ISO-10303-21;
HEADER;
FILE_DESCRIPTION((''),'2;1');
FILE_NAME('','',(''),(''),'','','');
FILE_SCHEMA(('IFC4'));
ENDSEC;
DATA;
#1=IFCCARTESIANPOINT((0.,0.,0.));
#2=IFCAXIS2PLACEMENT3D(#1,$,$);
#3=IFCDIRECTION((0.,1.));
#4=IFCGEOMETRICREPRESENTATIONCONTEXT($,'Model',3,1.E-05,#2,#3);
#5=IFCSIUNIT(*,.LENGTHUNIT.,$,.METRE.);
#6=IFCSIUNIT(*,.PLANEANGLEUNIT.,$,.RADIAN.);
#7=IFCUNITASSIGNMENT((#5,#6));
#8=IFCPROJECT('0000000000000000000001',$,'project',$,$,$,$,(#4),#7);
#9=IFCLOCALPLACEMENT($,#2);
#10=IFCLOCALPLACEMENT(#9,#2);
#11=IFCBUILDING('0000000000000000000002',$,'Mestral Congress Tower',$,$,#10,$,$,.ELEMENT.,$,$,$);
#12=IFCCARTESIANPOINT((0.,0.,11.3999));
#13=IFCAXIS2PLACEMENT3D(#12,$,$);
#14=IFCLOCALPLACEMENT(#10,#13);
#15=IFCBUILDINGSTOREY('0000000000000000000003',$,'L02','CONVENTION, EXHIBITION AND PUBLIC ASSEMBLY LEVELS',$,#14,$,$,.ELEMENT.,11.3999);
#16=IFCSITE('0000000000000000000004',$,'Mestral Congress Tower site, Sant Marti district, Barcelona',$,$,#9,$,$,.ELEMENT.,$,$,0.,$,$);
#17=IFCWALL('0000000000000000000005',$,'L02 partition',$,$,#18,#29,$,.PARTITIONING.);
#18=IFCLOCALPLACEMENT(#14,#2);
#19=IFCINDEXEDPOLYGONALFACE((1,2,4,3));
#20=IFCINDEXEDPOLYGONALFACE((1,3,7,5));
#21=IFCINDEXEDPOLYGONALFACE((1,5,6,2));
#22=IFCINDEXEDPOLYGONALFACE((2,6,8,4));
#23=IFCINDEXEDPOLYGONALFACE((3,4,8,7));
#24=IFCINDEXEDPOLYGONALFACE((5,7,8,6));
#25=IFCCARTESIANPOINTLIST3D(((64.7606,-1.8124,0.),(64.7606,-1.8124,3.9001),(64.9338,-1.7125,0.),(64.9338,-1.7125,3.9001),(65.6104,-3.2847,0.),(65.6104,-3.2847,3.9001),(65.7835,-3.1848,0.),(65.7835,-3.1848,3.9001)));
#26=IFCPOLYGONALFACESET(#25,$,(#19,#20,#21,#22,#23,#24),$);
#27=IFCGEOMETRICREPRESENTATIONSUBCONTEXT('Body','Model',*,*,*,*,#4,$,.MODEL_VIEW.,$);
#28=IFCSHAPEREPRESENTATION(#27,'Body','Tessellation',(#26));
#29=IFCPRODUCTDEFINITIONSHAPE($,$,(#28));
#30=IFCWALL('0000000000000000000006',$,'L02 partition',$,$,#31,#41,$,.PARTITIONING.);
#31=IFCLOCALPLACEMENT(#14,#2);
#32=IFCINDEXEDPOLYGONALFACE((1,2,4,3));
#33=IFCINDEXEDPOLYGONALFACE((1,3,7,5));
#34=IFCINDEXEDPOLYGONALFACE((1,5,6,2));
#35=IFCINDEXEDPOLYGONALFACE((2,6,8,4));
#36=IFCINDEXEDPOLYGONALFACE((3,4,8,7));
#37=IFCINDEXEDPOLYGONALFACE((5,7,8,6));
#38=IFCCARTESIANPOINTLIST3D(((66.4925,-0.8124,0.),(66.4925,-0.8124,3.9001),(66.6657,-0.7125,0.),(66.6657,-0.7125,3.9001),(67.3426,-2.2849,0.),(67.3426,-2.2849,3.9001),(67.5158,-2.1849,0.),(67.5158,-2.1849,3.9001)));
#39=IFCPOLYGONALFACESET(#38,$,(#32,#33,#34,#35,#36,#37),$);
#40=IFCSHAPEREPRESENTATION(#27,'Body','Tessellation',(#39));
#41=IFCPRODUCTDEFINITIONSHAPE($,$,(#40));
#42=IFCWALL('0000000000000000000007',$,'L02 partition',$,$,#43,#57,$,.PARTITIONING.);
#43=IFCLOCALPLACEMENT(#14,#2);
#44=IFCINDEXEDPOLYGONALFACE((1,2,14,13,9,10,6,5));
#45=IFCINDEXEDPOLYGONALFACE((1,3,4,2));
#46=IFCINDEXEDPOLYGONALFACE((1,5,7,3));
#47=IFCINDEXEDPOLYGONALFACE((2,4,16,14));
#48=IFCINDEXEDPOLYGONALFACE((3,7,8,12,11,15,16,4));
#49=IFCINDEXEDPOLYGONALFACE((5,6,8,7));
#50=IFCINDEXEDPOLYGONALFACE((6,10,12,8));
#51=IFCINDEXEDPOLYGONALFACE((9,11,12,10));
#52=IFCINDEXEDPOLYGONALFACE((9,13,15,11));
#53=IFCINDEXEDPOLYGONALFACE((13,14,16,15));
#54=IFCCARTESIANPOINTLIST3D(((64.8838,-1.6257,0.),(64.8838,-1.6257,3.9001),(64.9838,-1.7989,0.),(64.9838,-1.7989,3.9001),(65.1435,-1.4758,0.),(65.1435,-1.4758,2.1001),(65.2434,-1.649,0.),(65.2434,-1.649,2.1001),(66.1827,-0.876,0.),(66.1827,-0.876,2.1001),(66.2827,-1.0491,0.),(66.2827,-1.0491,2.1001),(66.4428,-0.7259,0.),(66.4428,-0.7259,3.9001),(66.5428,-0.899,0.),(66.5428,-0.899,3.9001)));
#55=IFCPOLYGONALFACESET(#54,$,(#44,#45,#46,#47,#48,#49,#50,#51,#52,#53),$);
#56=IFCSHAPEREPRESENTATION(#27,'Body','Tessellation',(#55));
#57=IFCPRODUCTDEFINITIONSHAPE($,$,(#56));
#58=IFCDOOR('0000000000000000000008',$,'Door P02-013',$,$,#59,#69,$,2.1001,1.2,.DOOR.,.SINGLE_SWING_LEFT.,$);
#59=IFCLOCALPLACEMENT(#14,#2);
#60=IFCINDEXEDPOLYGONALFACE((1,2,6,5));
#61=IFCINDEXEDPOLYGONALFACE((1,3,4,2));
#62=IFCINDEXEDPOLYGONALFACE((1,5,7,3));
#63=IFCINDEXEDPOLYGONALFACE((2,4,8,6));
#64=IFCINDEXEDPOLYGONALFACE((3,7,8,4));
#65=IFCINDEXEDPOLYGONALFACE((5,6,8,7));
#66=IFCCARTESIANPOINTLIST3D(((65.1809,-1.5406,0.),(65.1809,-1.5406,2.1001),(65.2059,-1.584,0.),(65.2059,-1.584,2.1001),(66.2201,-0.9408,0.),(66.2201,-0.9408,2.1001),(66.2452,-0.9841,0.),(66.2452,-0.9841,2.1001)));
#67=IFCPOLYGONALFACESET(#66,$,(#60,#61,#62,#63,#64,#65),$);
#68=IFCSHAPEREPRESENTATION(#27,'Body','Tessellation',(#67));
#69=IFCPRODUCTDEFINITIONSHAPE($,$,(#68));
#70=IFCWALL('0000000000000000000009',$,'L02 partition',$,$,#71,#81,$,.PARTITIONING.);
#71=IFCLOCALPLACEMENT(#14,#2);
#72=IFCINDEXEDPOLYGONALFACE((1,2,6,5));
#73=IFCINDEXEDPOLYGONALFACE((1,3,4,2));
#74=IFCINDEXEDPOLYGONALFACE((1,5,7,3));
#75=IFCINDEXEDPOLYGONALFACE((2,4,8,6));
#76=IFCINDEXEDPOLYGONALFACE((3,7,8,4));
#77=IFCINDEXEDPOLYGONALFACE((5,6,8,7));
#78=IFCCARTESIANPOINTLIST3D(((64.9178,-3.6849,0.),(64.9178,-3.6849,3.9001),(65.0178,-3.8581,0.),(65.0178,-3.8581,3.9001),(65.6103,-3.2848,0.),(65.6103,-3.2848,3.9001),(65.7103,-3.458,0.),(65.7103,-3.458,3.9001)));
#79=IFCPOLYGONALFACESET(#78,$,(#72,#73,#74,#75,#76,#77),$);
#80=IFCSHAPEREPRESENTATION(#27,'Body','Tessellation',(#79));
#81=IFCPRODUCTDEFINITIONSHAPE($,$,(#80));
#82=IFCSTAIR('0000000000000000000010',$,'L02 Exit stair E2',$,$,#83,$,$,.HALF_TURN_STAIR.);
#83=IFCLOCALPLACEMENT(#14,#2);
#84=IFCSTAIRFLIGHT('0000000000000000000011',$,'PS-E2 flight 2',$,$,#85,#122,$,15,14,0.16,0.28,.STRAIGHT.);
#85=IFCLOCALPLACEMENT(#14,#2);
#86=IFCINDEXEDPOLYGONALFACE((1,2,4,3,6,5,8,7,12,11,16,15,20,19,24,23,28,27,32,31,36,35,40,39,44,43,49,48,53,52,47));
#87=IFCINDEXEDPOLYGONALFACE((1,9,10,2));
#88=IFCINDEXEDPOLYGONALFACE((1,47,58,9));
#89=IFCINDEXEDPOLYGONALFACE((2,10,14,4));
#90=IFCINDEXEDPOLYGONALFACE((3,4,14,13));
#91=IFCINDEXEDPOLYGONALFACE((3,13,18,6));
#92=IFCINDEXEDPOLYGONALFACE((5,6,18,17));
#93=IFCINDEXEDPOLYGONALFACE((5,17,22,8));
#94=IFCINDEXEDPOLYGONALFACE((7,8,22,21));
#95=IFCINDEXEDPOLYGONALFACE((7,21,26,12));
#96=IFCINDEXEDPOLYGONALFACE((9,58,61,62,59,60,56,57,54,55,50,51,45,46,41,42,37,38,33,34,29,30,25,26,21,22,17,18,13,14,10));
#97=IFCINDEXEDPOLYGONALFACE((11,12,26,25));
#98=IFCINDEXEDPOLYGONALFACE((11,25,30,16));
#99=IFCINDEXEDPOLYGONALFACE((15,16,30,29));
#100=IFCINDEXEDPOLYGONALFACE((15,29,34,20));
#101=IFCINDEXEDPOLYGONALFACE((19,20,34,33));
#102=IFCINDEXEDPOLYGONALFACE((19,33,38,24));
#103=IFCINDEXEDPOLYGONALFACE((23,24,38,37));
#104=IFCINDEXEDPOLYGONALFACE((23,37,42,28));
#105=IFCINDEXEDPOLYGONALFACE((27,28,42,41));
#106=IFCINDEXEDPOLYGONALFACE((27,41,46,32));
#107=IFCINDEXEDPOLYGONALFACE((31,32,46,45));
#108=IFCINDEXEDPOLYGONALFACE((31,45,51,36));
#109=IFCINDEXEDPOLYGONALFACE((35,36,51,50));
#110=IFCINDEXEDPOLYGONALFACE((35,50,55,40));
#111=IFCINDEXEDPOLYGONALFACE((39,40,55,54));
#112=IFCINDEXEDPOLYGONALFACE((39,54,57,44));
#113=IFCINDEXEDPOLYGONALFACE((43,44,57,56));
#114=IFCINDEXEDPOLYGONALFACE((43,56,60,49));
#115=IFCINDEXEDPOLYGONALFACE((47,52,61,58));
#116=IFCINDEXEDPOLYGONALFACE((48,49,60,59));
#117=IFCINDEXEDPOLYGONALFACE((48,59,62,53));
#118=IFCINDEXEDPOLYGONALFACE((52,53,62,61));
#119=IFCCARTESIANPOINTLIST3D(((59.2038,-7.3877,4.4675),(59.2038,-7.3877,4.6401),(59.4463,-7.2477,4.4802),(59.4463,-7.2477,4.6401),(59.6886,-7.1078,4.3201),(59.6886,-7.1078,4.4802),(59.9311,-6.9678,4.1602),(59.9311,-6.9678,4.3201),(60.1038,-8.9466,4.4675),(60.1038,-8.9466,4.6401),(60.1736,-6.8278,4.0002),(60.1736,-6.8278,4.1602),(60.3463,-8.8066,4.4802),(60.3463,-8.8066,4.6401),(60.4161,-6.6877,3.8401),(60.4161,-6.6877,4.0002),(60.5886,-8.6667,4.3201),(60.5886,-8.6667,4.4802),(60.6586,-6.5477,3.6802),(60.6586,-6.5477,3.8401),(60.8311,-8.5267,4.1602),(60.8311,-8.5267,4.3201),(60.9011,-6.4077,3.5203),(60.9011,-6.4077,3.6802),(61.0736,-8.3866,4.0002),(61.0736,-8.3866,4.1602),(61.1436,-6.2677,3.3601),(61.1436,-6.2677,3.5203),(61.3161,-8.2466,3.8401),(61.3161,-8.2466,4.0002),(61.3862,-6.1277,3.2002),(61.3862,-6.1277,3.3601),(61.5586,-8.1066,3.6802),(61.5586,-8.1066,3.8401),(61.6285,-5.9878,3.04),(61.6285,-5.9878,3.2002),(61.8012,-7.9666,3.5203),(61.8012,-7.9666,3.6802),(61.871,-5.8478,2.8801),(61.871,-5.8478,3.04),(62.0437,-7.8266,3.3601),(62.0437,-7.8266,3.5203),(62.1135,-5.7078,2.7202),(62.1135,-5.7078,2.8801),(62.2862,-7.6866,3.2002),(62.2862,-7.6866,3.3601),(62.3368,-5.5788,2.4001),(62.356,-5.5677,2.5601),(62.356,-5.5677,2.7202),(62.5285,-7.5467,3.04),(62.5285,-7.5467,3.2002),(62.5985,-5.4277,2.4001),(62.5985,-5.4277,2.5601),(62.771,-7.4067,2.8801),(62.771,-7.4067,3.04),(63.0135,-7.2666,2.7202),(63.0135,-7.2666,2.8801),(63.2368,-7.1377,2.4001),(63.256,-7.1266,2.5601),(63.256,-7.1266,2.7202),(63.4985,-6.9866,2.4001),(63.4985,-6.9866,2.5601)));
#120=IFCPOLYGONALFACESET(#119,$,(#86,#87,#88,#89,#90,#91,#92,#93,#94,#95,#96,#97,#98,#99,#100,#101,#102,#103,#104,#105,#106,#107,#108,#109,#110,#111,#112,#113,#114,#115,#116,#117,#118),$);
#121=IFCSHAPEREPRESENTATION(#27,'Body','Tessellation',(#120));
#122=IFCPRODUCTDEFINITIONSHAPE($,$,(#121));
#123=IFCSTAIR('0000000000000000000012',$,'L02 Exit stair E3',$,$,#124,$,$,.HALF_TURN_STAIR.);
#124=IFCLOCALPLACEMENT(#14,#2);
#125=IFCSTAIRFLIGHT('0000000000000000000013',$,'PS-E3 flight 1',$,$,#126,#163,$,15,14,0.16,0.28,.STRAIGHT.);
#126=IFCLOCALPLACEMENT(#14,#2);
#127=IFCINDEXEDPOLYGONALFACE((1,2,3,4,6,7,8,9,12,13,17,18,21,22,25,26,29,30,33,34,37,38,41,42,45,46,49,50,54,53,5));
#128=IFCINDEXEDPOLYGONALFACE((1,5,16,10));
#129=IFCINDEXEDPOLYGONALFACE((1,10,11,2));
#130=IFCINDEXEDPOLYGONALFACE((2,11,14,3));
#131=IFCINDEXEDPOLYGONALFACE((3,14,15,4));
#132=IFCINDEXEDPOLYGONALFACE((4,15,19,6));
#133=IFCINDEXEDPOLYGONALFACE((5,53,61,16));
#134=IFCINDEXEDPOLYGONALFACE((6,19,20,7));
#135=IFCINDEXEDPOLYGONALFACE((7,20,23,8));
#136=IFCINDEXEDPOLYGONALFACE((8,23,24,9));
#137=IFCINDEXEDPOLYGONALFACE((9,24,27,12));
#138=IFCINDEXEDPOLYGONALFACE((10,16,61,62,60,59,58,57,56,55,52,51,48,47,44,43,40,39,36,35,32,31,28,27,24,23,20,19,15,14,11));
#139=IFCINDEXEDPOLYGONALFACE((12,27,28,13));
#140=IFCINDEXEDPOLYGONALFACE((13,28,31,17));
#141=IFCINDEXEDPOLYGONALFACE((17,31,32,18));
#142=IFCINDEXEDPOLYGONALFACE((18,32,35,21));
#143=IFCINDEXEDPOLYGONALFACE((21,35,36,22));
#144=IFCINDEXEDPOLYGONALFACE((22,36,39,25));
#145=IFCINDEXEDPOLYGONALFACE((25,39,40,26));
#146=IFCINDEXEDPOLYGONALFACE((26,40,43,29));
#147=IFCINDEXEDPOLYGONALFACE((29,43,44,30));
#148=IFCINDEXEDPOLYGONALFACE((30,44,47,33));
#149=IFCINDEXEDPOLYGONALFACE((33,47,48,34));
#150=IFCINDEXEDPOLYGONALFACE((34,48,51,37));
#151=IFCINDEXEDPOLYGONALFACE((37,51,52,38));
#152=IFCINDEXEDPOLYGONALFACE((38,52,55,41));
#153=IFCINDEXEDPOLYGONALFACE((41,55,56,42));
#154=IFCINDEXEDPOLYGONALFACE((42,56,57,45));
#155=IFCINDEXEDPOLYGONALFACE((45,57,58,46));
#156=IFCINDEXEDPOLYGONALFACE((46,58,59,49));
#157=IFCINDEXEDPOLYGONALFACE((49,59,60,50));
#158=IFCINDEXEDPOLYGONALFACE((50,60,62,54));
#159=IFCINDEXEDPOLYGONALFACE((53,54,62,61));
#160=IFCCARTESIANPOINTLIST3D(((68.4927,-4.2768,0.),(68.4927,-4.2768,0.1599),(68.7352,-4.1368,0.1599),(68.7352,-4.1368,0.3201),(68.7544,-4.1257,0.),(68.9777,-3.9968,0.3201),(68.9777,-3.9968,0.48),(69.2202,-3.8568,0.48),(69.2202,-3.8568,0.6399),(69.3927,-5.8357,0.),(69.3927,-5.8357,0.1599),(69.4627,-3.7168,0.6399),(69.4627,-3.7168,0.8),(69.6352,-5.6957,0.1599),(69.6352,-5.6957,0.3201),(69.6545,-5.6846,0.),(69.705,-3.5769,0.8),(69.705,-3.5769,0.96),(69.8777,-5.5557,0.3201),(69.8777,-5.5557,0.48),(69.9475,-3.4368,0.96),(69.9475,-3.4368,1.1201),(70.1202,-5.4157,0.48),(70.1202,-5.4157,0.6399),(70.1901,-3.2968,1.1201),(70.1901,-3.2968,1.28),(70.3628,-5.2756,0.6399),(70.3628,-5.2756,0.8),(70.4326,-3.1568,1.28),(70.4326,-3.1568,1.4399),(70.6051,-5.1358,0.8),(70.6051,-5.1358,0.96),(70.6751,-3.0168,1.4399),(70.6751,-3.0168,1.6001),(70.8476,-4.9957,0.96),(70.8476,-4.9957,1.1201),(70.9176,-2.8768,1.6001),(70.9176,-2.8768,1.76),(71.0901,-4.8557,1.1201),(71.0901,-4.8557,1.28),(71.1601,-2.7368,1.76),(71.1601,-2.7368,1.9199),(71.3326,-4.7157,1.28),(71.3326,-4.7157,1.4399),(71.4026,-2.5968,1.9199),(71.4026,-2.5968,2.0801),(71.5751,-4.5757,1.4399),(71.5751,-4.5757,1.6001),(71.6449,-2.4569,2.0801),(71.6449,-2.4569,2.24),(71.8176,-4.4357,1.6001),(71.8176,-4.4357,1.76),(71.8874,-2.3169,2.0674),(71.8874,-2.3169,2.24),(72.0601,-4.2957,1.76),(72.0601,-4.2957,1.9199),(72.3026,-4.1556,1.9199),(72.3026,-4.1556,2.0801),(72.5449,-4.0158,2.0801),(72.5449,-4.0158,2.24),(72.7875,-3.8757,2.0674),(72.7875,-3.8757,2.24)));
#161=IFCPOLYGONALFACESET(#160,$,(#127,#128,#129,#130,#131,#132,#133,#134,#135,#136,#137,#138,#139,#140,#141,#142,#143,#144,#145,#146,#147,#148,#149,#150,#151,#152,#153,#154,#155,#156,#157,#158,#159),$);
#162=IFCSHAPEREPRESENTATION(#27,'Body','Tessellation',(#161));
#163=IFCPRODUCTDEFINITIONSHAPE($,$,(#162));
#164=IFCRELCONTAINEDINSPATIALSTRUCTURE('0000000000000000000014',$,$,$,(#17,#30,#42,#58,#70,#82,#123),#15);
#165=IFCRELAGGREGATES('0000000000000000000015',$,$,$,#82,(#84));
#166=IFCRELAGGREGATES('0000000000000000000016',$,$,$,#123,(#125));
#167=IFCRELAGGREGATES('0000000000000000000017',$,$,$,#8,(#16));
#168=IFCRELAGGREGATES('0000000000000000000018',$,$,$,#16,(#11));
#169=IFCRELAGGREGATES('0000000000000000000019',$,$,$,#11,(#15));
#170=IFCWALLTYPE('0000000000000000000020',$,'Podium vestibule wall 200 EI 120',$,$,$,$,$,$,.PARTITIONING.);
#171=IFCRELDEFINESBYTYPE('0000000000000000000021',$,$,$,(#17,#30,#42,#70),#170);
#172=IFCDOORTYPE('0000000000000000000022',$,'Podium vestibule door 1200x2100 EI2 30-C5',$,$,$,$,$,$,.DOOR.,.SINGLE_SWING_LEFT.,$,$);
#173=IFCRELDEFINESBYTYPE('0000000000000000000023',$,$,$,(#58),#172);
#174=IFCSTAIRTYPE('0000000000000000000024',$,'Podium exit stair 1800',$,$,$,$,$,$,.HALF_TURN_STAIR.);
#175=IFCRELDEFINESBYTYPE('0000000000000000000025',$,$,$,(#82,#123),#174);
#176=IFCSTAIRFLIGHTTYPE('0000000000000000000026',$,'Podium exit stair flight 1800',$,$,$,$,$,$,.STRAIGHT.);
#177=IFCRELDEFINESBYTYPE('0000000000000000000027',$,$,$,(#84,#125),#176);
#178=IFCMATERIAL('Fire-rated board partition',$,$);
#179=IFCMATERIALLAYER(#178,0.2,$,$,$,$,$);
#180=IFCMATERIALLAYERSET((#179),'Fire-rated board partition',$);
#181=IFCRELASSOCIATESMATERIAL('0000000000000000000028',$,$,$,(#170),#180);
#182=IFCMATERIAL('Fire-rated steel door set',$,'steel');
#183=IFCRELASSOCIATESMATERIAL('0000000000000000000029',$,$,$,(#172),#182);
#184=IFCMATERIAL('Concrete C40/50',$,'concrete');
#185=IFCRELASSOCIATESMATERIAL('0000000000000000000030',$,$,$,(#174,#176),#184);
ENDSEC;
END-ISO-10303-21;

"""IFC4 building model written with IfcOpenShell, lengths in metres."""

from ifc_helpers import new_model, si_unit, direction, frame, frame_2d, origin, place, context, subcontext, project, spatial, polyline, rectangle, outline, extrude, material, layer, layer_set, type_object, element, fill, aggregate, save


model = new_model("IFC4")

# Units and contexts
model_context = context("Model", 3, precision=1e-05, world=origin(), true_north=direction((0.0, 1.0)))
body_context = subcontext(model_context, "Body", "Model", "MODEL_VIEW")
ifc_project = project(units=[si_unit("LENGTHUNIT", "METRE"), si_unit("PLANEANGLEUNIT", "RADIAN")], contexts=[model_context])

# Site, building, storey
site_placement = place(None, origin())
site = spatial("IfcSite", under=ifc_project, at=site_placement, Name="Mestral Congress Tower site, Sant Marti district, Barcelona", CompositionType="ELEMENT", RefElevation=0.0)
building_placement = place(site_placement, origin())
building = spatial("IfcBuilding", under=site, at=building_placement, Name="Mestral Congress Tower", CompositionType="ELEMENT")
storey_placement = place(building_placement, frame((0.0, 0.0, 11.3999)))
storey = spatial("IfcBuildingStorey", under=building, at=storey_placement, Name="L02", Description="CONVENTION, EXHIBITION AND PUBLIC ASSEMBLY LEVELS", CompositionType="ELEMENT", Elevation=11.3999)

# Shared definitions
ifc_material_1 = material(Name="Fire-rated steel door set", Category="steel")

# Walls
ifc_material_2 = material(Name="Fire-rated board partition")
ifc_layer_1 = layer(ifc_material_2, 0.2)
ifc_layer_set_1 = layer_set([ifc_layer_1], Name="Fire-rated board partition")
wall_type_1 = type_object("IfcWallType", Name="Podium vestibule wall 200 EI 120", PredefinedType="PARTITIONING", material=ifc_layer_set_1)
wall_1_placement = place(storey_placement, frame((65.697, -3.2349, 0.0), z_axis=(0.0, 0.0, 1.0), x_axis=(-0.499892, 0.866088, 0.0)))
element("IfcWall", 1, at=wall_1_placement, inside=storey, type_object=wall_type_1, Name="L02 partition", PredefinedType="PARTITIONING", context=body_context, shape_type="SweptSolid", body=[
    extrude(rectangle(XDim=1.7, YDim=0.2, at=frame_2d((0.8501, 0.0))), origin(), (0.0, 0.0, 1.0), 3.9001),
])
wall_2_placement = place(storey_placement, frame((67.4292, -2.2349, 0.0), z_axis=(0.0, 0.0, 1.0), x_axis=(-0.5, 0.866025, 0.0)))
element("IfcWall", 2, at=wall_2_placement, inside=storey, type_object=wall_type_1, Name="L02 partition", PredefinedType="PARTITIONING", context=body_context, shape_type="SweptSolid", body=[
    extrude(rectangle(XDim=1.7002, YDim=0.2, at=frame_2d((0.8501, 0.0))), origin(), (0.0, 0.0, 1.0), 3.9001),
])

# Wall, opening, door
wall_3_placement = place(storey_placement, frame((66.4927, -0.8125, 0.0), z_axis=(0.0, 0.0, 1.0), x_axis=(-0.866082, -0.499902, 0.0)))
wall_3 = element("IfcWall", 3, at=wall_3_placement, inside=storey, type_object=wall_type_1, Name="L02 partition", PredefinedType="PARTITIONING", context=body_context, shape_type="SweptSolid", body=[
    extrude(rectangle(XDim=1.8, YDim=0.2, at=frame_2d((0.8999, 0.0))), origin(), (0.0, 0.0, 1.0), 3.9001),
])
opening_1_placement = place(wall_3_placement, frame((0.3, 0.0, 0.0)))
opening_1 = element("IfcOpeningElement", 4, at=opening_1_placement, cuts=wall_3, PredefinedType="OPENING", context=body_context, shape_type="SweptSolid", body=[
    extrude(rectangle(XDim=1.2, YDim=2.1001, at=frame_2d((0.6001, 1.05))), frame((0.0, 0.1099, 0.0), z_axis=(0.0, -1.0, 0.0), x_axis=(1.0, 0.0, 0.0)), (0.0, 0.0, 1.0), 0.22),
])
door_type_1 = type_object("IfcDoorType", Name="Podium vestibule door 1200x2100 EI2 30-C5", OperationType="SINGLE_SWING_LEFT", PredefinedType="DOOR", material=ifc_material_1)
door_1_placement = place(opening_1_placement, origin())
door_1 = element("IfcDoor", 5, at=door_1_placement, inside=storey, type_object=door_type_1, Name="Door P02-013", OperationType="SINGLE_SWING_LEFT", OverallHeight=2.1001, OverallWidth=1.2, PredefinedType="DOOR", context=body_context, shape_type="SweptSolid", body=[
    extrude(rectangle(XDim=1.2, YDim=2.1001, at=frame_2d((0.6001, 1.05))), frame((0.0, 0.0249, 0.0), z_axis=(0.0, -1.0, 0.0), x_axis=(1.0, 0.0, 0.0)), (0.0, 0.0, 1.0), 0.05),
])
fill(opening_1, door_1)

# Wall
wall_4_placement = place(storey_placement, frame((64.9678, -3.7715, 0.0), z_axis=(0.0, 0.0, 1.0), x_axis=(0.865886, 0.500242, 0.0)))
element("IfcWall", 6, at=wall_4_placement, inside=storey, type_object=wall_type_1, Name="L02 partition", PredefinedType="PARTITIONING", context=body_context, shape_type="SweptSolid", body=[
    extrude(rectangle(XDim=0.7998, YDim=0.2, at=frame_2d((0.3999, 0.0))), origin(), (0.0, 0.0, 1.0), 3.9001),
])

# Stair, stair flight
ifc_material_3 = material(Name="Concrete C40/50", Category="concrete")
stair_type = type_object("IfcStairType", Name="Podium exit stair 1800", PredefinedType="HALF_TURN_STAIR", material=ifc_material_3)
placement = place(storey_placement, origin())
stair_1 = element("IfcStair", 7, at=placement, inside=storey, type_object=stair_type, Name="L02 Exit stair E2", PredefinedType="HALF_TURN_STAIR")
stair_flight_type = type_object("IfcStairFlightType", Name="Podium exit stair flight 1800", PredefinedType="STRAIGHT", material=ifc_material_3)
stair_flight_1_placement = place(storey_placement, frame((63.0486, -6.2073, 2.4001), z_axis=(0.0, 0.0, 1.0), x_axis=(-0.866025, -0.5, 0.0)))
stair_flight_1 = element("IfcStairFlight", 8, at=stair_flight_1_placement, type_object=stair_flight_type, Name="PS-E2 flight 2", NumberOfRisers=15, NumberOfTreads=14, PredefinedType="STRAIGHT", RiserHeight=0.16, TreadLength=0.28, context=body_context, shape_type="SweptSolid", body=[
    extrude(outline(polyline([(0.0, 0.0), (0.0, 0.1599), (0.28, 0.1599), (0.28, 0.3201), (0.5601, 0.3201), (0.5601, 0.48), (0.8401, 0.48), (0.8401, 0.6399), (1.1201, 0.6399), (1.1201, 0.8), (1.3999, 0.8), (1.3999, 0.96), (1.6799, 0.96), (1.6799, 1.1201), (1.96, 1.1201), (1.96, 1.28), (2.24, 1.28), (2.24, 1.4399), (2.52, 1.4399), (2.52, 1.6001), (2.8, 1.6001), (2.8, 1.76), (3.0801, 1.76), (3.0801, 1.9199), (3.3601, 1.9199), (3.3601, 2.0801), (3.6399, 2.0801), (3.6399, 2.24), (3.9199, 2.24), (3.9199, 2.3999), (3.9199, 2.0674), (0.3022, 0.0), (0.0, 0.0)])), frame((0.0, 0.8999, 0.0), z_axis=(0.0, -1.0, 0.0), x_axis=(1.0, 0.0, 0.0)), (0.0, 0.0, 1.0), 1.8),
])
aggregate(stair_1, [stair_flight_1])

# Stair, stair flight
stair_2 = element("IfcStair", 9, at=placement, inside=storey, type_object=stair_type, Name="L02 Exit stair E3", PredefinedType="HALF_TURN_STAIR")
stair_flight_2_placement = place(storey_placement, frame((68.9426, -5.0562, 0.0), z_axis=(0.0, 0.0, 1.0), x_axis=(0.866025, 0.5, 0.0)))
stair_flight_2 = element("IfcStairFlight", 10, at=stair_flight_2_placement, type_object=stair_flight_type, Name="PS-E3 flight 1", NumberOfRisers=15, NumberOfTreads=14, PredefinedType="STRAIGHT", RiserHeight=0.16, TreadLength=0.28, context=body_context, shape_type="SweptSolid", body=[
    extrude(outline(polyline([(0.0, 0.0), (0.0, 0.1599), (0.28, 0.1599), (0.28, 0.3201), (0.5601, 0.3201), (0.5601, 0.48), (0.8401, 0.48), (0.8401, 0.6399), (1.1201, 0.6399), (1.1201, 0.8), (1.3999, 0.8), (1.3999, 0.96), (1.6799, 0.96), (1.6799, 1.1201), (1.96, 1.1201), (1.96, 1.28), (2.24, 1.28), (2.24, 1.4399), (2.52, 1.4399), (2.52, 1.6001), (2.8, 1.6001), (2.8, 1.76), (3.0801, 1.76), (3.0801, 1.9199), (3.3601, 1.9199), (3.3601, 2.0801), (3.6399, 2.0801), (3.6399, 2.24), (3.9199, 2.24), (3.9199, 2.3999), (3.9199, 2.0674), (0.3022, 0.0), (0.0, 0.0)])), frame((0.0, 0.8999, 0.0), z_axis=(0.0, -1.0, 0.0), x_axis=(1.0, 0.0, 0.0)), (0.0, 0.0, 1.0), 1.8),
])
aggregate(stair_2, [stair_flight_2])

save(model, "model.ifc")
